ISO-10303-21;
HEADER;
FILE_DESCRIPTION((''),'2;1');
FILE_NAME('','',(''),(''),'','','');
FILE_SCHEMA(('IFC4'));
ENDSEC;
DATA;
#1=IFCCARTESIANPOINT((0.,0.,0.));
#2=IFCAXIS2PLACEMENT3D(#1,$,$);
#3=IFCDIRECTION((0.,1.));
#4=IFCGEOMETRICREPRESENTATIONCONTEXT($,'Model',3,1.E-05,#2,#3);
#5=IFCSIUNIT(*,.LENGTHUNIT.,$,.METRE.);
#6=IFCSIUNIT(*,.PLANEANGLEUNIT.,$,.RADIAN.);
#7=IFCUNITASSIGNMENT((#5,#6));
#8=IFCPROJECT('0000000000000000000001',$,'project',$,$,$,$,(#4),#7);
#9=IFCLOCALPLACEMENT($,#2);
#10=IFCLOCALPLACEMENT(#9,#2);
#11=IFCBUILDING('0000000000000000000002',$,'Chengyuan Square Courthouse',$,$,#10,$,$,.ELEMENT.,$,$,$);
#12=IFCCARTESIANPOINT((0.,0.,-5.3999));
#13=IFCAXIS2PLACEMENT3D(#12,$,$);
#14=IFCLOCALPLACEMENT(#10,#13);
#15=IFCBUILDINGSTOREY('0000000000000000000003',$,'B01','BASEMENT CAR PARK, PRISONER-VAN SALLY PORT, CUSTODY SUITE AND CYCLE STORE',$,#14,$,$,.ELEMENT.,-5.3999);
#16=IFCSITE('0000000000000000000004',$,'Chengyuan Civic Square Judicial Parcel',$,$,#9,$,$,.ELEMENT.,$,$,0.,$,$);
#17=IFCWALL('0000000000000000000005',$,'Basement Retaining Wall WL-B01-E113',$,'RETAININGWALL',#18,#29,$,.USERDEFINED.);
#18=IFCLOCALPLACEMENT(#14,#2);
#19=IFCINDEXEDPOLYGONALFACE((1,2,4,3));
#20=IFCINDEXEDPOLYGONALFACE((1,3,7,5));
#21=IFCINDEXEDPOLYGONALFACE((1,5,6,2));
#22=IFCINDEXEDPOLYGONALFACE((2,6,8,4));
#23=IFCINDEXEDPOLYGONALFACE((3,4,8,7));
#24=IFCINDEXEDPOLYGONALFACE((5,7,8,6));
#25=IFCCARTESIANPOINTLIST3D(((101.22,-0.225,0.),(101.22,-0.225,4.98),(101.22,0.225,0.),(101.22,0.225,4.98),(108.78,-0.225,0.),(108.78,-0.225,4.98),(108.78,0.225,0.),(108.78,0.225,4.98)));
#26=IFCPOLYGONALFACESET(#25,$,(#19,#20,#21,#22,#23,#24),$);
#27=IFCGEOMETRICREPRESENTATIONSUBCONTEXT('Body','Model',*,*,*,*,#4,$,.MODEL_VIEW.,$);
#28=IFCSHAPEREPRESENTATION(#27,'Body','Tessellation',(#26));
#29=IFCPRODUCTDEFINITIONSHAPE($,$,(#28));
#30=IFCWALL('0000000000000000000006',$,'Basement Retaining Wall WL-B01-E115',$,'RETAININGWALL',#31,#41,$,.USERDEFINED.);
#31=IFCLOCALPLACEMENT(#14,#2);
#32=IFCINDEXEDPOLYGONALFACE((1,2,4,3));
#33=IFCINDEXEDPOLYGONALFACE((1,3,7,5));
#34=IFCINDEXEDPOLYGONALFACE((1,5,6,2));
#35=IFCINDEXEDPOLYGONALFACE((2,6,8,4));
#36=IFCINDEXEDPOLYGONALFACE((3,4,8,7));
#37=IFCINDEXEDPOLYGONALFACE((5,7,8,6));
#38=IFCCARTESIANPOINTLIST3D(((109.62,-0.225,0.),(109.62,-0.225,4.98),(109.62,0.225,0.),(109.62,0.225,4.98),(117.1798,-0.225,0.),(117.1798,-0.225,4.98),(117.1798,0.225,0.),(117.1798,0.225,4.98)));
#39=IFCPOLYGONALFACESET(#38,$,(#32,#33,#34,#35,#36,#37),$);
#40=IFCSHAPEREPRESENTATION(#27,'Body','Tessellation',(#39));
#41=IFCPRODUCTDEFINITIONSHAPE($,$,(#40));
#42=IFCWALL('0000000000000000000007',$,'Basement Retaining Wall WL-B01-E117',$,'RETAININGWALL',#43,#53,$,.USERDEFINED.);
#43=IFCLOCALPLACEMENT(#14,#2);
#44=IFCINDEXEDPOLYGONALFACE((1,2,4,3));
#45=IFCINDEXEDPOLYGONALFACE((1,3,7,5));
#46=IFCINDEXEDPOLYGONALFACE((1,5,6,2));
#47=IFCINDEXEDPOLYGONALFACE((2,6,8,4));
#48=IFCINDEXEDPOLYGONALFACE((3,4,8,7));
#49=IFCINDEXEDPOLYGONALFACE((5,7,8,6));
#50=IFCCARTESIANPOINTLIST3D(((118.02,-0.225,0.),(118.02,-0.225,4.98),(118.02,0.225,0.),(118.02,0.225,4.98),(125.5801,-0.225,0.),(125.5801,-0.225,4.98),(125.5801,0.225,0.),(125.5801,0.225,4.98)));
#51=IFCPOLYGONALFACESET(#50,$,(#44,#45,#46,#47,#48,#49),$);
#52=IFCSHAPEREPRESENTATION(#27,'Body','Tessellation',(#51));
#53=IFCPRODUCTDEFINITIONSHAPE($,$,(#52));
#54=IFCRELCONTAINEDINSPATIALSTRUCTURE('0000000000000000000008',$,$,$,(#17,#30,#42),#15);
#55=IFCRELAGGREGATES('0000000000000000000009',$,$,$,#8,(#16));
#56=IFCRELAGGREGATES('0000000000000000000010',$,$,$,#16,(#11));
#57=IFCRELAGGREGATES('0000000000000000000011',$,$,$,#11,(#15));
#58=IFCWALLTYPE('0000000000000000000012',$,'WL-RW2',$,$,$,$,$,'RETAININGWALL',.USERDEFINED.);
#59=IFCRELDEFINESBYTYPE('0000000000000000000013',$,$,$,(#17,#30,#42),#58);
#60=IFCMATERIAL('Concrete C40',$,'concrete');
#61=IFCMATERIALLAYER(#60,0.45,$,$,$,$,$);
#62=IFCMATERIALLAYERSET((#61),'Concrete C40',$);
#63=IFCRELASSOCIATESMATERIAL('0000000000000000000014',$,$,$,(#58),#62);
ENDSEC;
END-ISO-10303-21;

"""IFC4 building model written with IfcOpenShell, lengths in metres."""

from ifc_helpers import new_model, si_unit, direction, frame, frame_2d, origin, place, context, subcontext, project, spatial, rectangle, extrude, material, layer, layer_set, type_object, element, save


model = new_model("IFC4")

# Units and contexts
model_context = context("Model", 3, precision=1e-05, world=origin(), true_north=direction((0.0, 1.0)))
body_context = subcontext(model_context, "Body", "Model", "MODEL_VIEW")
ifc_project = project(units=[si_unit("LENGTHUNIT", "METRE"), si_unit("PLANEANGLEUNIT", "RADIAN")], contexts=[model_context])

# Site, building, storey
site_placement = place(None, origin())
site = spatial("IfcSite", under=ifc_project, at=site_placement, Name="Chengyuan Civic Square Judicial Parcel", CompositionType="ELEMENT", RefElevation=0.0)
building_placement = place(site_placement, origin())
building = spatial("IfcBuilding", under=site, at=building_placement, Name="Chengyuan Square Courthouse", CompositionType="ELEMENT")
storey_placement = place(building_placement, frame((0.0, 0.0, -5.3999)))
storey = spatial("IfcBuildingStorey", under=building, at=storey_placement, Name="B01", Description="BASEMENT CAR PARK, PRISONER-VAN SALLY PORT, CUSTODY SUITE AND CYCLE STORE", CompositionType="ELEMENT", Elevation=-5.3999)

# Shared definitions
ifc_material_1 = material(Name="Concrete C40", Category="concrete")

# Walls
ifc_layer = layer(ifc_material_1, 0.45)
ifc_layer_set = layer_set([ifc_layer], Name="Concrete C40")
wall_type = type_object("IfcWallType", Name="WL-RW2", ElementType="RETAININGWALL", PredefinedType="USERDEFINED", material=ifc_layer_set)
wall_1_placement = place(storey_placement, frame((101.22, 0.0, 0.0), z_axis=(0.0, 0.0, 1.0), x_axis=(1.0, 0.0, 0.0)))
element("IfcWall", 1, at=wall_1_placement, inside=storey, type_object=wall_type, Name="Basement Retaining Wall WL-B01-E113", ObjectType="RETAININGWALL", PredefinedType="USERDEFINED", context=body_context, shape_type="SweptSolid", body=[
    extrude(rectangle(XDim=7.5601, YDim=0.45, at=frame_2d((3.78, 0.0))), origin(), (0.0, 0.0, 1.0), 4.98),
])
wall_2_placement = place(storey_placement, frame((109.6201, 0.0, 0.0), z_axis=(0.0, 0.0, 1.0), x_axis=(1.0, 0.0, 0.0)))
element("IfcWall", 2, at=wall_2_placement, inside=storey, type_object=wall_type, Name="Basement Retaining Wall WL-B01-E115", ObjectType="RETAININGWALL", PredefinedType="USERDEFINED", context=body_context, shape_type="SweptSolid", body=[
    extrude(rectangle(XDim=7.5598, YDim=0.45, at=frame_2d((3.7798, 0.0))), origin(), (0.0, 0.0, 1.0), 4.98),
])
wall_3_placement = place(storey_placement, frame((118.02, 0.0, 0.0), z_axis=(0.0, 0.0, 1.0), x_axis=(1.0, 0.0, 0.0)))
element("IfcWall", 3, at=wall_3_placement, inside=storey, type_object=wall_type, Name="Basement Retaining Wall WL-B01-E117", ObjectType="RETAININGWALL", PredefinedType="USERDEFINED", context=body_context, shape_type="SweptSolid", body=[
    extrude(rectangle(XDim=7.5601, YDim=0.45, at=frame_2d((3.78, 0.0))), origin(), (0.0, 0.0, 1.0), 4.98),
])

save(model, "model.ifc")
